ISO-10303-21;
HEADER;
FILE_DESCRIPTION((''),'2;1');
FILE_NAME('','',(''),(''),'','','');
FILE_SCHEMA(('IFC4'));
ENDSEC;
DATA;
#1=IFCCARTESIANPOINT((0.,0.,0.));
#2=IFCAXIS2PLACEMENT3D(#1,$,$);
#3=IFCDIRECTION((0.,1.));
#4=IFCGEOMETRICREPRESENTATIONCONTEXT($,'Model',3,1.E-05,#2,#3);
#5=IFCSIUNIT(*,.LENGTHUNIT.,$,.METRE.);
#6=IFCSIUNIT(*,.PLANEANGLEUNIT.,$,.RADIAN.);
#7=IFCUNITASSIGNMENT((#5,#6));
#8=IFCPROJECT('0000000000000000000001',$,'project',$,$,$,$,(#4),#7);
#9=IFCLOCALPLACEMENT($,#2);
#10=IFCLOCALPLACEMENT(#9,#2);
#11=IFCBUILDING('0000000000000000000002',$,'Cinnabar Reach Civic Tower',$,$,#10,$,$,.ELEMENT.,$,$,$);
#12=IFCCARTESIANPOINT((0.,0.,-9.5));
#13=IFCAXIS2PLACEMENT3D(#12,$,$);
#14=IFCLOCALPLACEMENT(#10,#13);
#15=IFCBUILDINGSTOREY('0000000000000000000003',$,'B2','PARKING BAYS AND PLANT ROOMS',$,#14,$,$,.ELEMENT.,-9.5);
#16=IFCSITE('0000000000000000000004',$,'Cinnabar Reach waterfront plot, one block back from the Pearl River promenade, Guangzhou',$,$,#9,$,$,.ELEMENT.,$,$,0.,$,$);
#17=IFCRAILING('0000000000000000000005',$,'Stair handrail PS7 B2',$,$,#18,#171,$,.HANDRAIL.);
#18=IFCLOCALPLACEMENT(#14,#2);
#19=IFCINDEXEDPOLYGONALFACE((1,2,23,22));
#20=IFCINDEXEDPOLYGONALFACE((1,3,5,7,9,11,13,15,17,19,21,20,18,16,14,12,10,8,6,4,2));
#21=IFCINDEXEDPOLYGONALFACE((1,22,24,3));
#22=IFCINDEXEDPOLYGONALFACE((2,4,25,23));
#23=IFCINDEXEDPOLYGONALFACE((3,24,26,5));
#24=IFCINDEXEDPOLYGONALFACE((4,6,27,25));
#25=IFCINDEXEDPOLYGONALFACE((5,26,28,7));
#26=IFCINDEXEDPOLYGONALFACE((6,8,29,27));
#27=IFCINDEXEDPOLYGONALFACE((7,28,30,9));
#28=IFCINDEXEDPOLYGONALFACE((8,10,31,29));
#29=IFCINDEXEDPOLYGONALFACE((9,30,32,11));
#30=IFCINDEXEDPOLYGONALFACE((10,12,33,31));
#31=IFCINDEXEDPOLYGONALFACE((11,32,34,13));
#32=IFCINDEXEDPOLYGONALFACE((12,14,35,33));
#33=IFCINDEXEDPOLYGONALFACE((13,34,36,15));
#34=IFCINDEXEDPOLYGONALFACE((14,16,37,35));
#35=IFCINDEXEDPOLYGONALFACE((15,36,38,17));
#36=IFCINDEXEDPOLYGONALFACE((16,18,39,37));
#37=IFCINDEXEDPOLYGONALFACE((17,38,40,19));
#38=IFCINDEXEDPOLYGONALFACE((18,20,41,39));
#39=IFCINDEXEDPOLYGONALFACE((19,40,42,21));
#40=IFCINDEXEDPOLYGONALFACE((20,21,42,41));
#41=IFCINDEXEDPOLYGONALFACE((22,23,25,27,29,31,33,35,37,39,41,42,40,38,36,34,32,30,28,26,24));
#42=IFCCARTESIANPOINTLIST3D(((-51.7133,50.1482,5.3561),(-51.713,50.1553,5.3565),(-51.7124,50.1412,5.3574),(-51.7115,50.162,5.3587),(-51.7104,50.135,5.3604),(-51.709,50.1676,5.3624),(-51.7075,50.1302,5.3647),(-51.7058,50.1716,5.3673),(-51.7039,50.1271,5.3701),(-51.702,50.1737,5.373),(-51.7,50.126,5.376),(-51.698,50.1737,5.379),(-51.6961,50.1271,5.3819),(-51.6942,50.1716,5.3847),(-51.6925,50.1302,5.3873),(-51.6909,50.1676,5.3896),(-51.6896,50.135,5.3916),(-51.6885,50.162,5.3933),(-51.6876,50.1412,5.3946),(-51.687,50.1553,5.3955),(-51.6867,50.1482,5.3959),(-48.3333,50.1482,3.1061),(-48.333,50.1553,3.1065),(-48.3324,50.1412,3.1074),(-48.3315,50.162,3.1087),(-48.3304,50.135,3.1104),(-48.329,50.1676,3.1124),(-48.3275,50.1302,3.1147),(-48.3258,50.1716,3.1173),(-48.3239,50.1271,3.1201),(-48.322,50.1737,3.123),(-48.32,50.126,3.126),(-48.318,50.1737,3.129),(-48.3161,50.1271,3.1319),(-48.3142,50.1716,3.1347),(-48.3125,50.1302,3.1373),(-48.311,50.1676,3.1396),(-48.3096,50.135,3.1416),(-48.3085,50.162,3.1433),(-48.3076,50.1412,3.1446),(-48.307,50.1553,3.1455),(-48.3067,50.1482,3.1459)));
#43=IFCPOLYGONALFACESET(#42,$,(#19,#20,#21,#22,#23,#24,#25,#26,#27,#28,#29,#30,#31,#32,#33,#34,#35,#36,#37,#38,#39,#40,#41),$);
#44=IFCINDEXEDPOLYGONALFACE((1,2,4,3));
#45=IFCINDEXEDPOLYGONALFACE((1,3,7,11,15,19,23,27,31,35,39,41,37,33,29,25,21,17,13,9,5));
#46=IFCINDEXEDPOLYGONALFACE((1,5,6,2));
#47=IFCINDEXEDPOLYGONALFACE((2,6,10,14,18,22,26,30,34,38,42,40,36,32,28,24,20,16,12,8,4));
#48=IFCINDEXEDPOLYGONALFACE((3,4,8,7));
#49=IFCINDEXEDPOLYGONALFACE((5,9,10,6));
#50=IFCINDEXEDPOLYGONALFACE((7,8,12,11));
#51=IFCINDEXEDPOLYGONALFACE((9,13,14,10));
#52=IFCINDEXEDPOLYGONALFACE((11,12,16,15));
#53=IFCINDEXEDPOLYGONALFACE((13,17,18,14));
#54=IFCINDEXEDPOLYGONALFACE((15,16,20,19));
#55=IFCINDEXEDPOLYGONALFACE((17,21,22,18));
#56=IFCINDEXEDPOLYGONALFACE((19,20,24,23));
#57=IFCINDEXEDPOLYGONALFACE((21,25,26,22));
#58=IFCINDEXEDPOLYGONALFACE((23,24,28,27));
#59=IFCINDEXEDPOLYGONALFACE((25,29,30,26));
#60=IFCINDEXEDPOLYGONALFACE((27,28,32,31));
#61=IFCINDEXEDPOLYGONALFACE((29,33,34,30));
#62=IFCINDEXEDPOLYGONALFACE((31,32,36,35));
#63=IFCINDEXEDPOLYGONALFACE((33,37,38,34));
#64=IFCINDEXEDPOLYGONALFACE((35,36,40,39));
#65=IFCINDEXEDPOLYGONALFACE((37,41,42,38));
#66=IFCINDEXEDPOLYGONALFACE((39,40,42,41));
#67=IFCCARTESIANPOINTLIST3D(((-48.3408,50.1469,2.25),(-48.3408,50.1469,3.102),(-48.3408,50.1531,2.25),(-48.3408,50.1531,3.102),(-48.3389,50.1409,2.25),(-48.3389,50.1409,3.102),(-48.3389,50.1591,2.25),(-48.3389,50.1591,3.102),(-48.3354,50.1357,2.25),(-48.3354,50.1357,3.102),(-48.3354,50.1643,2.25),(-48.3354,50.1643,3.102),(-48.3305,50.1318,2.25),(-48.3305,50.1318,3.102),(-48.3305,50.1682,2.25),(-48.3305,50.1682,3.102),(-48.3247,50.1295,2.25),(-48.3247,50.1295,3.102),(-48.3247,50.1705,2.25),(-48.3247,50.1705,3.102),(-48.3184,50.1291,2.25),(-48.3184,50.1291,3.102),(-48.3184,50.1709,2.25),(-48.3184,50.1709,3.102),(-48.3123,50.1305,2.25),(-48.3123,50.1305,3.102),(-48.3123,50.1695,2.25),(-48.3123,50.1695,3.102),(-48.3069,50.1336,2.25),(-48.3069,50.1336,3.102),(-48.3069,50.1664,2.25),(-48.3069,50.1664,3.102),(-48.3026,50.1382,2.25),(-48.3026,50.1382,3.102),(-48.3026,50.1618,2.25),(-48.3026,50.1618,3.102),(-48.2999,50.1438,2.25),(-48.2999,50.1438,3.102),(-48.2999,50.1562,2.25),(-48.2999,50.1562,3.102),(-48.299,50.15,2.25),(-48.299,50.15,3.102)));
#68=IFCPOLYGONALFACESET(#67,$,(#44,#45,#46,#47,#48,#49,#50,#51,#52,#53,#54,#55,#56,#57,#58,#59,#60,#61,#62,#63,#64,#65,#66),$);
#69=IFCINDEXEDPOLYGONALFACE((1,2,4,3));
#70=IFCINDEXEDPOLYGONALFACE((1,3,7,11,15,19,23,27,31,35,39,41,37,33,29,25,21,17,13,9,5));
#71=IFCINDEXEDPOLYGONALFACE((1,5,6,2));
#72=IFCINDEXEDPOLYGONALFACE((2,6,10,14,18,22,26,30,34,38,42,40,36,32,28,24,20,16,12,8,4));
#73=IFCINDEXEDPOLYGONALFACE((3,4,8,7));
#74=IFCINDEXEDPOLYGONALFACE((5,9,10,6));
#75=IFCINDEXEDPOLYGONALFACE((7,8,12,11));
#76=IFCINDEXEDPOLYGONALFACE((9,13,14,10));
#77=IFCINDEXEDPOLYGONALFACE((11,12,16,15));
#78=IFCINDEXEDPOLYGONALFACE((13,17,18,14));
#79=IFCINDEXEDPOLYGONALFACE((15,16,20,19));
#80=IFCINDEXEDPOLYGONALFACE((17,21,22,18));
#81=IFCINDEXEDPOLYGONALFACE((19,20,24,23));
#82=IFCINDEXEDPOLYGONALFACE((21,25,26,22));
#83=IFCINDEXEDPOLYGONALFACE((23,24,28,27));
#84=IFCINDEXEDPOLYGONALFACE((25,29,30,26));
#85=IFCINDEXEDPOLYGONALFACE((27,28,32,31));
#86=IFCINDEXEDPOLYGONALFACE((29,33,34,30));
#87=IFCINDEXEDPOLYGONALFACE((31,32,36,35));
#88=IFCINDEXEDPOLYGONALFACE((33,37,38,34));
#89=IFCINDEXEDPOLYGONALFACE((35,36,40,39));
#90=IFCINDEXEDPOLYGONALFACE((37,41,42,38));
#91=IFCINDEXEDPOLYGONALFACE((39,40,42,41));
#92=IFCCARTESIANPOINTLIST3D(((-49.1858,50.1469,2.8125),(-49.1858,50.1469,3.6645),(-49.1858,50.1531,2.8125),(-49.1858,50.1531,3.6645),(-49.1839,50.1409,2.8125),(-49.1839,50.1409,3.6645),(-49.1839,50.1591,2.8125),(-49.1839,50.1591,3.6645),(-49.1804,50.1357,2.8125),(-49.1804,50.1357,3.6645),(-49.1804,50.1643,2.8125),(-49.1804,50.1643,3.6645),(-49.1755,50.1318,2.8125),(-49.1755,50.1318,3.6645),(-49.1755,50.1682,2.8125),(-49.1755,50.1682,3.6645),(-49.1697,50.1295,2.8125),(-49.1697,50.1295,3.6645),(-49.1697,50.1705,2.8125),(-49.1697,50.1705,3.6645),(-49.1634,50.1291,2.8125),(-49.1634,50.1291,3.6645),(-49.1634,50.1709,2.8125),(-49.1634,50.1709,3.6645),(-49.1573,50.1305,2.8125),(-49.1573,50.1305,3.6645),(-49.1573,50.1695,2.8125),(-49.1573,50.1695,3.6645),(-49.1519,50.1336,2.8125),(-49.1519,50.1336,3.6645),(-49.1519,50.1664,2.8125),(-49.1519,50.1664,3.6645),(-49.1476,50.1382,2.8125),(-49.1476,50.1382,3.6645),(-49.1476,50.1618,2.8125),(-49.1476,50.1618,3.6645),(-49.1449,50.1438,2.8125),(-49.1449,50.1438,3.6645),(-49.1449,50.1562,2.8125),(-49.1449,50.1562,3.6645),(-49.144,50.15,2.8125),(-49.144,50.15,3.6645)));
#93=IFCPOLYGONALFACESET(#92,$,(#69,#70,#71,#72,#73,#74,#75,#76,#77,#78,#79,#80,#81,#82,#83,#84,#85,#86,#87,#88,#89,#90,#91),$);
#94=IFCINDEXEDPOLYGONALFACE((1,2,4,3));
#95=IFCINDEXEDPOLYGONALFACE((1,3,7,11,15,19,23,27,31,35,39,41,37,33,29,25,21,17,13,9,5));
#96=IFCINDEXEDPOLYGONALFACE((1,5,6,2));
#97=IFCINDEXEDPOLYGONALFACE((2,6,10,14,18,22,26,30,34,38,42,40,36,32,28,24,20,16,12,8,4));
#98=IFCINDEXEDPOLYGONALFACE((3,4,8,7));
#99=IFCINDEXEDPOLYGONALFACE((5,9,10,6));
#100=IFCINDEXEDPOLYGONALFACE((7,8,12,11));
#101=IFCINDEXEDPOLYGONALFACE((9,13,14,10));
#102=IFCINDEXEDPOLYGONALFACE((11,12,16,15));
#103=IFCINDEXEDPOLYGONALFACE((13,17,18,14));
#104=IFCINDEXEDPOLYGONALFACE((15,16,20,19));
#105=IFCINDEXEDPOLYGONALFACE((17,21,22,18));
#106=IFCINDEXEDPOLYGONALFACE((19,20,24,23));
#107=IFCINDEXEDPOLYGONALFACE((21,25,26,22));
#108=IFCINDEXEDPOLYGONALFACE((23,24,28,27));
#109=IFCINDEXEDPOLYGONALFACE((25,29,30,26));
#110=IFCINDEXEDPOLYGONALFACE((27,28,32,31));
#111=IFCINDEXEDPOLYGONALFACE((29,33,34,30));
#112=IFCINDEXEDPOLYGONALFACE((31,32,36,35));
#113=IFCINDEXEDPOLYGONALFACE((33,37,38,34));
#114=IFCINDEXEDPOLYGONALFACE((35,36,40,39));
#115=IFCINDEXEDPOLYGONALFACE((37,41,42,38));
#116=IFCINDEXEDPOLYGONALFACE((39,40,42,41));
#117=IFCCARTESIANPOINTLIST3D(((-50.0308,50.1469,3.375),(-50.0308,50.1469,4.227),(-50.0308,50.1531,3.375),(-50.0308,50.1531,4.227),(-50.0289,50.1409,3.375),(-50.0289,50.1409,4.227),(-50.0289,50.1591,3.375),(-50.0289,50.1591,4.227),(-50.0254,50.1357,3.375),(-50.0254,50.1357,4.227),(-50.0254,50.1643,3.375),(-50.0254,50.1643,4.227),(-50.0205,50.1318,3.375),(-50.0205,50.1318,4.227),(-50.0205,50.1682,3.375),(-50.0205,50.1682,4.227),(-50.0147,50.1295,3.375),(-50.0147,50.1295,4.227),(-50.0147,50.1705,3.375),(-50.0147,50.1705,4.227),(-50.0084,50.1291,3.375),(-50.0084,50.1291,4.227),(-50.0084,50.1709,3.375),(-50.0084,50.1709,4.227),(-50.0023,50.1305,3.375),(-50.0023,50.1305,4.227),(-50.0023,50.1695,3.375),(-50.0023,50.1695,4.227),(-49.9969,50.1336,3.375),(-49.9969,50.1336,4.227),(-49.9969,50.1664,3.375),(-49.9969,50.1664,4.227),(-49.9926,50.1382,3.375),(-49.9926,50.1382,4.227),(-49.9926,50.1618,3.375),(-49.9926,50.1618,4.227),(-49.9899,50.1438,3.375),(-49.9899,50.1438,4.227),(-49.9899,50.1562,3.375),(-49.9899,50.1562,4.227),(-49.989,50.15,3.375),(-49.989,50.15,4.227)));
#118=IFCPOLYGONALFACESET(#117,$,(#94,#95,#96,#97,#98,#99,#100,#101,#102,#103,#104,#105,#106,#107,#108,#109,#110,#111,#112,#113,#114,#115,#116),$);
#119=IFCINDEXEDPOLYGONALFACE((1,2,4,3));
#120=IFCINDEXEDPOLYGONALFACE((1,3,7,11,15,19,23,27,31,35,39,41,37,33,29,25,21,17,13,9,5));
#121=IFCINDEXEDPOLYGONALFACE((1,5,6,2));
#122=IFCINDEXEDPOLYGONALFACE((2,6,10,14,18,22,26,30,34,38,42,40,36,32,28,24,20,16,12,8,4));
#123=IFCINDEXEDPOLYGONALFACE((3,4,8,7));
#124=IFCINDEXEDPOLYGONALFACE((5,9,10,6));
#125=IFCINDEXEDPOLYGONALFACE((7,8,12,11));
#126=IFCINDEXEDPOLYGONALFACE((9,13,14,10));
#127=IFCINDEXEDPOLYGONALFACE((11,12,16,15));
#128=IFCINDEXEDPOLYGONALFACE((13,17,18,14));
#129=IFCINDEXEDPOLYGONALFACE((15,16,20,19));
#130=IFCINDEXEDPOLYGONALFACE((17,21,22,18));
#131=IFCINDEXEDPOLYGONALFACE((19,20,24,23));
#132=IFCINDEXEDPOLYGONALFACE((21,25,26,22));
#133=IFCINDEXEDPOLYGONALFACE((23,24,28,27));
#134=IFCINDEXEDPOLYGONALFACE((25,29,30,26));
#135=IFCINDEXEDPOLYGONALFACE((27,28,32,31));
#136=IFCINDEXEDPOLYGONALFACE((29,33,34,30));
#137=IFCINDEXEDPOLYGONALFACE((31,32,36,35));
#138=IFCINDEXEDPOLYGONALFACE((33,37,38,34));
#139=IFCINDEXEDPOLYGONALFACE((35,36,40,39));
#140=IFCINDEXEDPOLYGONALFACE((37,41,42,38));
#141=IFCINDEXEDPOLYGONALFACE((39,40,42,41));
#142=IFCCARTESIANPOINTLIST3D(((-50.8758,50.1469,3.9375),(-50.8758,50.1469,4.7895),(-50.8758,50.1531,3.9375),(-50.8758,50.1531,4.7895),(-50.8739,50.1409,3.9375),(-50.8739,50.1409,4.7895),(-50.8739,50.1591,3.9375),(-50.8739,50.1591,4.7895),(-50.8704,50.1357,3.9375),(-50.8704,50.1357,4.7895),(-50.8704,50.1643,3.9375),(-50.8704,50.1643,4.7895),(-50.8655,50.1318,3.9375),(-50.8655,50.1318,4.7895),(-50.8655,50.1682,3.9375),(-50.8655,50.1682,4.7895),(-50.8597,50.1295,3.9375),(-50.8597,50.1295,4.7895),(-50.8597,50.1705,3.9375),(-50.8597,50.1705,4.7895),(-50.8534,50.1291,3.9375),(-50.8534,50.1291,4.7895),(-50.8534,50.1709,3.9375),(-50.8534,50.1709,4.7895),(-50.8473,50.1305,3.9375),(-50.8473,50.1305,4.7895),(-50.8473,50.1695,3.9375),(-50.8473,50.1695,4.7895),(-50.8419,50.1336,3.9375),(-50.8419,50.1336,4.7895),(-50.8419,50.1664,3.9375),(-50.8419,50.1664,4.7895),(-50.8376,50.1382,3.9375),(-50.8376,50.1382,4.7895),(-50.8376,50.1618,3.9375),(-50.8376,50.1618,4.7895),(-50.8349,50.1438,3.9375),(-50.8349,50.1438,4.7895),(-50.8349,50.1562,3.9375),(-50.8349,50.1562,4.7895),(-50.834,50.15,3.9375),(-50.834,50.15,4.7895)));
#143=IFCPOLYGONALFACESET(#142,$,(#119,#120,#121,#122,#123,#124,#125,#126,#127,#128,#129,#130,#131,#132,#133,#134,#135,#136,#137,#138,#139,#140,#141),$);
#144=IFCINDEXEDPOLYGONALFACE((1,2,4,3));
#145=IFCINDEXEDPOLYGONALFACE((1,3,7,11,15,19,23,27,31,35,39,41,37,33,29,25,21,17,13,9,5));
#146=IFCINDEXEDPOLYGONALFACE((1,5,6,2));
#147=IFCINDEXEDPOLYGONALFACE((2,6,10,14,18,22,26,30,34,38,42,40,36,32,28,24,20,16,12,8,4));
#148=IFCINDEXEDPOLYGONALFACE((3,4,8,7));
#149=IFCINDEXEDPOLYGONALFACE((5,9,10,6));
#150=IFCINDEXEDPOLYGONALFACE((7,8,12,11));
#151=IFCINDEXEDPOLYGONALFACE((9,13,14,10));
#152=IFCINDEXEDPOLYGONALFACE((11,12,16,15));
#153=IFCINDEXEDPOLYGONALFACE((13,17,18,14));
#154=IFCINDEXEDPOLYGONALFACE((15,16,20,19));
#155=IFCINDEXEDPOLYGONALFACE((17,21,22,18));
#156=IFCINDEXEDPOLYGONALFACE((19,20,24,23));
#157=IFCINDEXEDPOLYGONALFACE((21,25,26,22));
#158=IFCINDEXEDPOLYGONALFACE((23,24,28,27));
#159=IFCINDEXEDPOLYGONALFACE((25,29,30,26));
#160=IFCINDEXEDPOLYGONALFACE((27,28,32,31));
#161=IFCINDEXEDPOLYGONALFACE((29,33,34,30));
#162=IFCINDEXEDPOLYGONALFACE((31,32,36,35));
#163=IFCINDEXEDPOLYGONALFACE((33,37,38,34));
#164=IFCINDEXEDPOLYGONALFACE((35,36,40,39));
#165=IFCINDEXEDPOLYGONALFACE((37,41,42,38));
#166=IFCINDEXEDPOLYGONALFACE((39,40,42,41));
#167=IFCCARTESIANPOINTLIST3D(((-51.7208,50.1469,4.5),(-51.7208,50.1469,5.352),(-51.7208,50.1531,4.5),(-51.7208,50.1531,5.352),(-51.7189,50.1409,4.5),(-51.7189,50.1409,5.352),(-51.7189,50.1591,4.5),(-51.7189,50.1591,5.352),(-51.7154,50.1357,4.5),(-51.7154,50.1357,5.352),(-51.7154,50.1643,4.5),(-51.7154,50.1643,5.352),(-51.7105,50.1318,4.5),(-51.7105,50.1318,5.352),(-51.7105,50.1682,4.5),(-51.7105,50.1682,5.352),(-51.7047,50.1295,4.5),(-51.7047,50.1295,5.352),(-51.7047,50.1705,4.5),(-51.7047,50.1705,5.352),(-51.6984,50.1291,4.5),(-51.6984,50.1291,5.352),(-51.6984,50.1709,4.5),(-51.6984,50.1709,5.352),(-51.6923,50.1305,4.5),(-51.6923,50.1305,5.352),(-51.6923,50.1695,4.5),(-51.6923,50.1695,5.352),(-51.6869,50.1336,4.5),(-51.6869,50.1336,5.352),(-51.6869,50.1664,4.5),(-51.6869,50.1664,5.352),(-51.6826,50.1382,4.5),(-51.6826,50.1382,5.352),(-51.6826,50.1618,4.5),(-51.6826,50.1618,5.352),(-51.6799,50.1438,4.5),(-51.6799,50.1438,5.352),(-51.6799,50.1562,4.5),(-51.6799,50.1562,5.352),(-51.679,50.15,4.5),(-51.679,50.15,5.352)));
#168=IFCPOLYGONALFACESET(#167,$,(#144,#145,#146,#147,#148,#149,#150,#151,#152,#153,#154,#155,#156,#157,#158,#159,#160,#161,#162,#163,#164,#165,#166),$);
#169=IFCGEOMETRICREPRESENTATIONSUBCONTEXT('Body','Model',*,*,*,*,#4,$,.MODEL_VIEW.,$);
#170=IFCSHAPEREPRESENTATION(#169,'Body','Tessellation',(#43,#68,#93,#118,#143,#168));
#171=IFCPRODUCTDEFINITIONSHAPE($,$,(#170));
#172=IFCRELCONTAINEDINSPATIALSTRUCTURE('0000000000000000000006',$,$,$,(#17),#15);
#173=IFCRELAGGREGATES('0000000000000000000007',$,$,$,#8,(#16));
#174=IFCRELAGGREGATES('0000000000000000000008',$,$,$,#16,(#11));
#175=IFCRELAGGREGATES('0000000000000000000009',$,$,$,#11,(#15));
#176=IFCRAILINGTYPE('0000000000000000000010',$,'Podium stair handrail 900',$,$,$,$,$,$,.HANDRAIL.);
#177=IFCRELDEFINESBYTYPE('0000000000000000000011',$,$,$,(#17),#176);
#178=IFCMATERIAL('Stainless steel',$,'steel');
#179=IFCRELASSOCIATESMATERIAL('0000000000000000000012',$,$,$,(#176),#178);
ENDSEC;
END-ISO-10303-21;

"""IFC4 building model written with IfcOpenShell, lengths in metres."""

from ifc_helpers import new_model, si_unit, direction, frame, origin, origin_2d, place, context, subcontext, project, spatial, circle, extrude, material, type_object, element, save


model = new_model("IFC4")

# Units and contexts
model_context = context("Model", 3, precision=1e-05, world=origin(), true_north=direction((0.0, 1.0)))
body_context = subcontext(model_context, "Body", "Model", "MODEL_VIEW")
ifc_project = project(units=[si_unit("LENGTHUNIT", "METRE"), si_unit("PLANEANGLEUNIT", "RADIAN")], contexts=[model_context])

# Site, building, storey
site_placement = place(None, origin())
site = spatial("IfcSite", under=ifc_project, at=site_placement, Name="Cinnabar Reach waterfront plot, one block back from the Pearl River promenade, Guangzhou", CompositionType="ELEMENT", RefElevation=0.0)
building_placement = place(site_placement, origin())
building = spatial("IfcBuilding", under=site, at=building_placement, Name="Cinnabar Reach Civic Tower", CompositionType="ELEMENT")
storey_placement = place(building_placement, frame((0.0, 0.0, -9.5)))
storey = spatial("IfcBuildingStorey", under=building, at=storey_placement, Name="B2", Description="PARKING BAYS AND PLANT ROOMS", CompositionType="ELEMENT", Elevation=-9.5)

# Railing
ifc_material_1 = material(Name="Stainless steel", Category="steel")
railing_type_1 = type_object("IfcRailingType", Name="Podium stair handrail 900", PredefinedType="HANDRAIL", material=ifc_material_1)
railing_1_placement = place(storey_placement, frame((-48.32, 50.15, 2.25)))
element("IfcRailing", 1, at=railing_1_placement, inside=storey, type_object=railing_type_1, Name="Stair handrail PS7 B2", PredefinedType="HANDRAIL", context=body_context, shape_type="SweptSolid", body=[
    extrude(circle(Radius=0.024, at=origin_2d()), frame((0.0, 0.0, 0.876), z_axis=(-0.832429, 0.0, 0.554132), x_axis=(0.0, -1.0, 0.0)), (0.0, 0.0, 1.0), 4.0604),
    extrude(circle(Radius=0.021, at=origin_2d()), origin(), (0.0, 0.0, 1.0), 0.852),
    extrude(circle(Radius=0.021, at=origin_2d()), frame((-0.845, 0.0, 0.5625)), (0.0, 0.0, 1.0), 0.852),
    extrude(circle(Radius=0.021, at=origin_2d()), frame((-1.69, 0.0, 1.125)), (0.0, 0.0, 1.0), 0.852),
    extrude(circle(Radius=0.021, at=origin_2d()), frame((-2.535, 0.0, 1.6875)), (0.0, 0.0, 1.0), 0.852),
    extrude(circle(Radius=0.021, at=origin_2d()), frame((-3.38, 0.0, 2.25)), (0.0, 0.0, 1.0), 0.852),
])

save(model, "model.ifc")
